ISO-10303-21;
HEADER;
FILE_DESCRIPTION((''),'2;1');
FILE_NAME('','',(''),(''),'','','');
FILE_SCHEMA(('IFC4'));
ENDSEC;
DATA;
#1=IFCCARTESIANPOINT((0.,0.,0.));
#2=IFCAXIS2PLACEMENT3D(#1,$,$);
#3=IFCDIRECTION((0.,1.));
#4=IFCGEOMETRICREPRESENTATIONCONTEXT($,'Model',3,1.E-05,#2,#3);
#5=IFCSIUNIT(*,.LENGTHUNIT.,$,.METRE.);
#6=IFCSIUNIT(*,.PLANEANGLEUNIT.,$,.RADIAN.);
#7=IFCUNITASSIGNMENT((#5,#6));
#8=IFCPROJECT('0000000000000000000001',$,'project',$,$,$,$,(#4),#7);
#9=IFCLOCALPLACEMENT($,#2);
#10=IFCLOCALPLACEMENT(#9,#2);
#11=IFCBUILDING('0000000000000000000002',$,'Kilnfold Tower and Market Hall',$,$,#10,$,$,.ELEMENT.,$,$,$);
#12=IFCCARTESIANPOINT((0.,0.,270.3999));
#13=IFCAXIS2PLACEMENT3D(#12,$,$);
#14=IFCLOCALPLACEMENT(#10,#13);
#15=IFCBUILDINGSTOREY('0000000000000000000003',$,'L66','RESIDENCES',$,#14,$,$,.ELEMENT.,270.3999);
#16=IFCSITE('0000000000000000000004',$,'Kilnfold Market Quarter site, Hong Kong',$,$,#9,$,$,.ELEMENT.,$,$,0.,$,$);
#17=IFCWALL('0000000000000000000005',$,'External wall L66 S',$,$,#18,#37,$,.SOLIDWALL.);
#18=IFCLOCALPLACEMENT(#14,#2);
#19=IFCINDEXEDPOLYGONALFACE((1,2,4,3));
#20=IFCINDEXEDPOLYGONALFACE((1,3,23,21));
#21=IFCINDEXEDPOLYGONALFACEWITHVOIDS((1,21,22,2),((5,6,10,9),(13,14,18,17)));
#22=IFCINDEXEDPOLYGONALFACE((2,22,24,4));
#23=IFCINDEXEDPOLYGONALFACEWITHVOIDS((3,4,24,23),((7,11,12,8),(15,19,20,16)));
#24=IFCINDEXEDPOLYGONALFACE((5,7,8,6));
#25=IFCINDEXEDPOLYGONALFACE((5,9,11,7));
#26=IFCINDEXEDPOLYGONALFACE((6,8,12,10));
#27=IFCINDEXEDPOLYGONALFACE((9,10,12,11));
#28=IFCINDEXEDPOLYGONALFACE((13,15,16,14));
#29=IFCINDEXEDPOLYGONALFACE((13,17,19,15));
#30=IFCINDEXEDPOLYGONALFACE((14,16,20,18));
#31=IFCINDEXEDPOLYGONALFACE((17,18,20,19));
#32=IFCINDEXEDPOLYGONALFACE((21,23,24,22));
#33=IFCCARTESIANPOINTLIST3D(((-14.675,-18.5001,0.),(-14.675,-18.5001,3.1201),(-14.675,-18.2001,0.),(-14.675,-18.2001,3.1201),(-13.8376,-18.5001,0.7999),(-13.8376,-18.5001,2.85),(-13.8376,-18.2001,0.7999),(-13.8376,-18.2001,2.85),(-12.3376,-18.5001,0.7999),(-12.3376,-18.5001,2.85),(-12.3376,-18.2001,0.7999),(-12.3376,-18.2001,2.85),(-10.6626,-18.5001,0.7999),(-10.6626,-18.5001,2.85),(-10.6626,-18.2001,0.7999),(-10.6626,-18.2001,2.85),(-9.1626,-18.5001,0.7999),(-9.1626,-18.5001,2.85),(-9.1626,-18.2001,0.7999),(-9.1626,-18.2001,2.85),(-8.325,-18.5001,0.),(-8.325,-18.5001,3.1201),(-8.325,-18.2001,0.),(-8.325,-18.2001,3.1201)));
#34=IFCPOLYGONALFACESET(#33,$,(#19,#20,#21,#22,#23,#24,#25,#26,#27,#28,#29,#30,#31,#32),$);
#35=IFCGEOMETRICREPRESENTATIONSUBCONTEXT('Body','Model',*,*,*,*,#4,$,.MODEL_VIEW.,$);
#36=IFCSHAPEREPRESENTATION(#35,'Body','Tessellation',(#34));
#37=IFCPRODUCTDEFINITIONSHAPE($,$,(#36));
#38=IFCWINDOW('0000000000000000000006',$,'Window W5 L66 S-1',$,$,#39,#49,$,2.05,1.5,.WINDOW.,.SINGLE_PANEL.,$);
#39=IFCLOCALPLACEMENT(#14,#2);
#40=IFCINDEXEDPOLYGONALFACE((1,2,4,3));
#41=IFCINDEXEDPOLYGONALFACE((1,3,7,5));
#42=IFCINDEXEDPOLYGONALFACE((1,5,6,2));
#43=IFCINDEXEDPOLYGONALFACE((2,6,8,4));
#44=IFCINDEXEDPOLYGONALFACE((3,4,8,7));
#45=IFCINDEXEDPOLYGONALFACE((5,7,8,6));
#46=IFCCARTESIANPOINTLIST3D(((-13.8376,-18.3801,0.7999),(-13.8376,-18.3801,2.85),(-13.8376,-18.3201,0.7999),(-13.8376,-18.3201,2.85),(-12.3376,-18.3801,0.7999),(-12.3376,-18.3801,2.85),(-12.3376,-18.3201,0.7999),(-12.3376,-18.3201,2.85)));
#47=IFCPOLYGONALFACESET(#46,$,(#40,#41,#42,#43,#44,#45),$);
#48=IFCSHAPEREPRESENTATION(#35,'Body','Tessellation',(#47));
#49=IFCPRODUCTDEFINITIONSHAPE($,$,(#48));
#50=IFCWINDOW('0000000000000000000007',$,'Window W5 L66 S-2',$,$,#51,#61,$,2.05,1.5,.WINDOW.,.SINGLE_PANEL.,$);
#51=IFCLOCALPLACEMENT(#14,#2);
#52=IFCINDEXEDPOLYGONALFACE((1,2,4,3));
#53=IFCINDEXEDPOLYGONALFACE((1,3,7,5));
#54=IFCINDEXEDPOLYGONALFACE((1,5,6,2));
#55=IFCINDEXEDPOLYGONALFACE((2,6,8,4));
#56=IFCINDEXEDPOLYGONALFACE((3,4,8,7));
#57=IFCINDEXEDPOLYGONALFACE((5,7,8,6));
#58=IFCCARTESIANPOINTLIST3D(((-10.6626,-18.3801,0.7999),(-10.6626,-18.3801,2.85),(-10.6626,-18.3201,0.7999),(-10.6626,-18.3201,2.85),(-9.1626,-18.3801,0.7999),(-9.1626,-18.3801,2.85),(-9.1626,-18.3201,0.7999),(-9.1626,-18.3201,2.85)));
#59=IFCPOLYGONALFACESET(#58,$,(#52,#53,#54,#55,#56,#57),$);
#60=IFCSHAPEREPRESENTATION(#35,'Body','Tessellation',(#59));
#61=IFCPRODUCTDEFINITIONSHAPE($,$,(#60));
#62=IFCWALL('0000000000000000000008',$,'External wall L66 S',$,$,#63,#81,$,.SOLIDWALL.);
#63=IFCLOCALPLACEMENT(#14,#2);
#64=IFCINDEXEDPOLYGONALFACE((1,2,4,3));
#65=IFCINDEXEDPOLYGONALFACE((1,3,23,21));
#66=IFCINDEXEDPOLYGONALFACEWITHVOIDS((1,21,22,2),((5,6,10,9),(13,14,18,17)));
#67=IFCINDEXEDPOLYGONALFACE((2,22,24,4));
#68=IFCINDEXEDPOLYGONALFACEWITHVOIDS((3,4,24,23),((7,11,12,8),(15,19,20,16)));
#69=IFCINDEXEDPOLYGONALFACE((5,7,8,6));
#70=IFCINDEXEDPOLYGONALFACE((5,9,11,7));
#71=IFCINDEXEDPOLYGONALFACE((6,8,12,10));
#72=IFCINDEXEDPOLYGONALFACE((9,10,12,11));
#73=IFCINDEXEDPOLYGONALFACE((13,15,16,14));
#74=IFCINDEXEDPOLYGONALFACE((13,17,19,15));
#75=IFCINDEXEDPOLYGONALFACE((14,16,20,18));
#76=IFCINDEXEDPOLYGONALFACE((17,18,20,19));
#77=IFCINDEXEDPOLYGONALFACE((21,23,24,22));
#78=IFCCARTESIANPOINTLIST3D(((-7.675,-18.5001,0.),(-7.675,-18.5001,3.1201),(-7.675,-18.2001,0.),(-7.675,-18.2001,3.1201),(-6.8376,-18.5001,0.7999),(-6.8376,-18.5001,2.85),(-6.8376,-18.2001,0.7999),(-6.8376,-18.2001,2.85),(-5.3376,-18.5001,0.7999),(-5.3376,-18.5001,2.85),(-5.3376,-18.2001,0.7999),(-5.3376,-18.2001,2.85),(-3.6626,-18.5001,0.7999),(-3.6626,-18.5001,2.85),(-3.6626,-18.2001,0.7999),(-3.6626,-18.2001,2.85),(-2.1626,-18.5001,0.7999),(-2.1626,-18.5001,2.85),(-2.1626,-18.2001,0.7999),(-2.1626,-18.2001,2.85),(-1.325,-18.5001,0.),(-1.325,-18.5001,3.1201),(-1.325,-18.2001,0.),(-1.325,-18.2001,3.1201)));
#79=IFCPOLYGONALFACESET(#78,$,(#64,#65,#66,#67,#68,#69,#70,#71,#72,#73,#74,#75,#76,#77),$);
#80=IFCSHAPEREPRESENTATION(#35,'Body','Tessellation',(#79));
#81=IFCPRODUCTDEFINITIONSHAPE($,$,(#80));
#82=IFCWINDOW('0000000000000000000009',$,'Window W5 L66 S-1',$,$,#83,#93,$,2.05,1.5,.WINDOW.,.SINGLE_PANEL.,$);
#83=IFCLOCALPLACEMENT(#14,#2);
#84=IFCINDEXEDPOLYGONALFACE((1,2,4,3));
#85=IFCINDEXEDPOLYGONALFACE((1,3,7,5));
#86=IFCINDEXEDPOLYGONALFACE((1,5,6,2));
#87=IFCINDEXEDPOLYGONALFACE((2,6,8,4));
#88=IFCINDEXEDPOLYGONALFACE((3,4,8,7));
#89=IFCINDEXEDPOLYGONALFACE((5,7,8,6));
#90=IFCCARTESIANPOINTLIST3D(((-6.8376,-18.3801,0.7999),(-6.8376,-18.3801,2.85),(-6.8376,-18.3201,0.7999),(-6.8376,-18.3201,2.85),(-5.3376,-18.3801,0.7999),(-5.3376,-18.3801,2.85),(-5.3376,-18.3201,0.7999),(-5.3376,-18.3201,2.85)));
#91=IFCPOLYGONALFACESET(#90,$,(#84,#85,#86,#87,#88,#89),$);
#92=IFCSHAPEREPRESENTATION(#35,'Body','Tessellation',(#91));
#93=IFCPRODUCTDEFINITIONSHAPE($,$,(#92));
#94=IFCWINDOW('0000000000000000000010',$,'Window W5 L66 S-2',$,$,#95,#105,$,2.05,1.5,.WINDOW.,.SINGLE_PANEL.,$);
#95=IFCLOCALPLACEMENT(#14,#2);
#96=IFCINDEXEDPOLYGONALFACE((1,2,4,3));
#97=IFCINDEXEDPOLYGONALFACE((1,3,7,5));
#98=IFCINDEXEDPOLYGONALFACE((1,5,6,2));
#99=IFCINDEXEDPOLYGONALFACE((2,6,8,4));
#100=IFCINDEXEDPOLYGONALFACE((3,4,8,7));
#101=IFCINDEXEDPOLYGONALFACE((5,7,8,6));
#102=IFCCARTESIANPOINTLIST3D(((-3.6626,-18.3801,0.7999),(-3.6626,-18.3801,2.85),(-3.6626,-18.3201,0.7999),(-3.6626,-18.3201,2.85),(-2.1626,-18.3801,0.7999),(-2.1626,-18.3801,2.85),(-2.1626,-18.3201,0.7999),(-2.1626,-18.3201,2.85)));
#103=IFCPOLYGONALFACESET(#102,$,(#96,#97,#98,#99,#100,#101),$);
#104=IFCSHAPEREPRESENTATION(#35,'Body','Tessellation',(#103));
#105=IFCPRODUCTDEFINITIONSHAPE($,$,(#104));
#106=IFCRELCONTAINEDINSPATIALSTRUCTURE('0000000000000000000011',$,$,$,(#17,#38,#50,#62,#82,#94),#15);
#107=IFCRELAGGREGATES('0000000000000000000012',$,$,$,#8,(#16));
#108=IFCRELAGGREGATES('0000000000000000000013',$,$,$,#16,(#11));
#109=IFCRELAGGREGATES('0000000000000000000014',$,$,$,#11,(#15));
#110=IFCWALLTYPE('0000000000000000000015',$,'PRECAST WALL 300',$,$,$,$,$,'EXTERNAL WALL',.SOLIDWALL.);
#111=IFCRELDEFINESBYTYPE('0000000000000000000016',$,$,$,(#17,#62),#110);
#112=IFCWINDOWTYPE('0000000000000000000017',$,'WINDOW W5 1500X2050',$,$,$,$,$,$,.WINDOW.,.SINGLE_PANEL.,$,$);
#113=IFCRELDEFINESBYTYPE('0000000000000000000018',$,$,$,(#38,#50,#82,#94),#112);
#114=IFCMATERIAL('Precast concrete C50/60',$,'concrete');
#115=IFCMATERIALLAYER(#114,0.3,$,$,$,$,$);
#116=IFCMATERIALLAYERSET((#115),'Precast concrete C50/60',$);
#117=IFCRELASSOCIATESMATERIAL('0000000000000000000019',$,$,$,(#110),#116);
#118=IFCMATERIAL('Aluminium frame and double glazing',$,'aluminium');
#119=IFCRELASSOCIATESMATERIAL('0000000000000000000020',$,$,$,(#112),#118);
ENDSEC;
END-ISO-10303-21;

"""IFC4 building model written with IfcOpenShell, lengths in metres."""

from ifc_helpers import new_model, si_unit, direction, frame, frame_2d, origin, place, context, subcontext, project, spatial, rectangle, extrude, source, transform, mapped, material, layer, layer_set, type_object, element, fill, save


model = new_model("IFC4")

# Units and contexts
model_context = context("Model", 3, precision=1e-05, world=origin(), true_north=direction((0.0, 1.0)))
body_context = subcontext(model_context, "Body", "Model", "MODEL_VIEW")
ifc_project = project(units=[si_unit("LENGTHUNIT", "METRE"), si_unit("PLANEANGLEUNIT", "RADIAN")], contexts=[model_context])

# Site, building, storey
site_placement = place(None, origin())
site = spatial("IfcSite", under=ifc_project, at=site_placement, Name="Kilnfold Market Quarter site, Hong Kong", CompositionType="ELEMENT", RefElevation=0.0)
building_placement = place(site_placement, origin())
building = spatial("IfcBuilding", under=site, at=building_placement, Name="Kilnfold Tower and Market Hall", CompositionType="ELEMENT")
storey_placement = place(building_placement, frame((0.0, 0.0, 270.3999)))
storey = spatial("IfcBuildingStorey", under=building, at=storey_placement, Name="L66", Description="RESIDENCES", CompositionType="ELEMENT", Elevation=270.3999)

# Walls, openings, windows
ifc_material_1 = material(Name="Precast concrete C50/60", Category="concrete")
ifc_layer_1 = layer(ifc_material_1, 0.3)
ifc_layer_set_1 = layer_set([ifc_layer_1], Name="Precast concrete C50/60")
wall_type_1 = type_object("IfcWallType", Name="PRECAST WALL 300", ElementType="EXTERNAL WALL", PredefinedType="SOLIDWALL", material=ifc_layer_set_1)
shared_shape_1 = source(origin(), body_context, "Body", "SweptSolid", [
    extrude(rectangle(XDim=6.3501, YDim=0.3, at=frame_2d((3.175, 0.0))), origin(), (0.0, 0.0, 1.0), 3.1201),
])
wall_1_placement = place(storey_placement, frame((-14.675, -18.3501, 0.0), z_axis=(0.0, 0.0, 1.0), x_axis=(1.0, 0.0, 0.0)))
wall_1 = element("IfcWall", 1, at=wall_1_placement, inside=storey, type_object=wall_type_1, Name="External wall L66 S", PredefinedType="SOLIDWALL", context=body_context, shape_type="MappedRepresentation", body=[
    mapped(shared_shape_1, transform((0.0, 0.0, 0.0))),
])
opening_1_placement = place(wall_1_placement, frame((0.8374, 0.0, 0.8)))
opening_1 = element("IfcOpeningElement", 2, at=opening_1_placement, cuts=wall_1, PredefinedType="OPENING", context=body_context, shape_type="SweptSolid", body=[
    extrude(rectangle(XDim=1.5, YDim=2.05, at=frame_2d((0.75, 1.0249))), frame((0.0, 0.1602, 0.0), z_axis=(0.0, -1.0, 0.0), x_axis=(1.0, 0.0, 0.0)), (0.0, 0.0, 1.0), 0.3201),
])
opening_2_placement = place(wall_1_placement, frame((4.0125, 0.0, 0.8)))
opening_2 = element("IfcOpeningElement", 3, at=opening_2_placement, cuts=wall_1, PredefinedType="OPENING", context=body_context, shape_type="SweptSolid", body=[
    extrude(rectangle(XDim=1.5, YDim=2.05, at=frame_2d((0.75, 1.0249))), frame((0.0, 0.1602, 0.0), z_axis=(0.0, -1.0, 0.0), x_axis=(1.0, 0.0, 0.0)), (0.0, 0.0, 1.0), 0.3201),
])
ifc_material_2 = material(Name="Aluminium frame and double glazing", Category="aluminium")
window_type = type_object("IfcWindowType", Name="WINDOW W5 1500X2050", PartitioningType="SINGLE_PANEL", PredefinedType="WINDOW", material=ifc_material_2)
window_1_placement = place(opening_1_placement, origin())
window_1 = element("IfcWindow", 4, at=window_1_placement, inside=storey, type_object=window_type, Name="Window W5 L66 S-1", OverallHeight=2.05, OverallWidth=1.5, PartitioningType="SINGLE_PANEL", PredefinedType="WINDOW", context=body_context, shape_type="SweptSolid", body=[
    extrude(rectangle(XDim=1.5, YDim=2.05, at=frame_2d((0.75, 1.0249))), frame((0.0, 0.03, 0.0), z_axis=(0.0, -1.0, 0.0), x_axis=(1.0, 0.0, 0.0)), (0.0, 0.0, 1.0), 0.0601),
])
fill(opening_1, window_1)
window_2_placement = place(opening_2_placement, origin())
window_2 = element("IfcWindow", 5, at=window_2_placement, inside=storey, type_object=window_type, Name="Window W5 L66 S-2", OverallHeight=2.05, OverallWidth=1.5, PartitioningType="SINGLE_PANEL", PredefinedType="WINDOW", context=body_context, shape_type="SweptSolid", body=[
    extrude(rectangle(XDim=1.5, YDim=2.05, at=frame_2d((0.75, 1.0249))), frame((0.0, 0.03, 0.0), z_axis=(0.0, -1.0, 0.0), x_axis=(1.0, 0.0, 0.0)), (0.0, 0.0, 1.0), 0.0601),
])
fill(opening_2, window_2)
wall_2_placement = place(storey_placement, frame((-7.675, -18.3501, 0.0), z_axis=(0.0, 0.0, 1.0), x_axis=(1.0, 0.0, 0.0)))
wall_2 = element("IfcWall", 6, at=wall_2_placement, inside=storey, type_object=wall_type_1, Name="External wall L66 S", PredefinedType="SOLIDWALL", context=body_context, shape_type="MappedRepresentation", body=[
    mapped(shared_shape_1, transform((0.0, 0.0, 0.0))),
])
opening_3_placement = place(wall_2_placement, frame((0.8374, 0.0, 0.8)))
opening_3 = element("IfcOpeningElement", 7, at=opening_3_placement, cuts=wall_2, PredefinedType="OPENING", context=body_context, shape_type="SweptSolid", body=[
    extrude(rectangle(XDim=1.5, YDim=2.05, at=frame_2d((0.75, 1.0249))), frame((0.0, 0.1602, 0.0), z_axis=(0.0, -1.0, 0.0), x_axis=(1.0, 0.0, 0.0)), (0.0, 0.0, 1.0), 0.3201),
])
opening_4_placement = place(wall_2_placement, frame((4.0125, 0.0, 0.8)))
opening_4 = element("IfcOpeningElement", 8, at=opening_4_placement, cuts=wall_2, PredefinedType="OPENING", context=body_context, shape_type="SweptSolid", body=[
    extrude(rectangle(XDim=1.5, YDim=2.05, at=frame_2d((0.75, 1.0249))), frame((0.0, 0.1602, 0.0), z_axis=(0.0, -1.0, 0.0), x_axis=(1.0, 0.0, 0.0)), (0.0, 0.0, 1.0), 0.3201),
])
window_3_placement = place(opening_3_placement, origin())
window_3 = element("IfcWindow", 9, at=window_3_placement, inside=storey, type_object=window_type, Name="Window W5 L66 S-1", OverallHeight=2.05, OverallWidth=1.5, PartitioningType="SINGLE_PANEL", PredefinedType="WINDOW", context=body_context, shape_type="SweptSolid", body=[
    extrude(rectangle(XDim=1.5, YDim=2.05, at=frame_2d((0.75, 1.0249))), frame((0.0, 0.03, 0.0), z_axis=(0.0, -1.0, 0.0), x_axis=(1.0, 0.0, 0.0)), (0.0, 0.0, 1.0), 0.0601),
])
fill(opening_3, window_3)
window_4_placement = place(opening_4_placement, origin())
window_4 = element("IfcWindow", 10, at=window_4_placement, inside=storey, type_object=window_type, Name="Window W5 L66 S-2", OverallHeight=2.05, OverallWidth=1.5, PartitioningType="SINGLE_PANEL", PredefinedType="WINDOW", context=body_context, shape_type="SweptSolid", body=[
    extrude(rectangle(XDim=1.5, YDim=2.05, at=frame_2d((0.75, 1.0249))), frame((0.0, 0.03, 0.0), z_axis=(0.0, -1.0, 0.0), x_axis=(1.0, 0.0, 0.0)), (0.0, 0.0, 1.0), 0.0601),
])
fill(opening_4, window_4)

save(model, "model.ifc")
